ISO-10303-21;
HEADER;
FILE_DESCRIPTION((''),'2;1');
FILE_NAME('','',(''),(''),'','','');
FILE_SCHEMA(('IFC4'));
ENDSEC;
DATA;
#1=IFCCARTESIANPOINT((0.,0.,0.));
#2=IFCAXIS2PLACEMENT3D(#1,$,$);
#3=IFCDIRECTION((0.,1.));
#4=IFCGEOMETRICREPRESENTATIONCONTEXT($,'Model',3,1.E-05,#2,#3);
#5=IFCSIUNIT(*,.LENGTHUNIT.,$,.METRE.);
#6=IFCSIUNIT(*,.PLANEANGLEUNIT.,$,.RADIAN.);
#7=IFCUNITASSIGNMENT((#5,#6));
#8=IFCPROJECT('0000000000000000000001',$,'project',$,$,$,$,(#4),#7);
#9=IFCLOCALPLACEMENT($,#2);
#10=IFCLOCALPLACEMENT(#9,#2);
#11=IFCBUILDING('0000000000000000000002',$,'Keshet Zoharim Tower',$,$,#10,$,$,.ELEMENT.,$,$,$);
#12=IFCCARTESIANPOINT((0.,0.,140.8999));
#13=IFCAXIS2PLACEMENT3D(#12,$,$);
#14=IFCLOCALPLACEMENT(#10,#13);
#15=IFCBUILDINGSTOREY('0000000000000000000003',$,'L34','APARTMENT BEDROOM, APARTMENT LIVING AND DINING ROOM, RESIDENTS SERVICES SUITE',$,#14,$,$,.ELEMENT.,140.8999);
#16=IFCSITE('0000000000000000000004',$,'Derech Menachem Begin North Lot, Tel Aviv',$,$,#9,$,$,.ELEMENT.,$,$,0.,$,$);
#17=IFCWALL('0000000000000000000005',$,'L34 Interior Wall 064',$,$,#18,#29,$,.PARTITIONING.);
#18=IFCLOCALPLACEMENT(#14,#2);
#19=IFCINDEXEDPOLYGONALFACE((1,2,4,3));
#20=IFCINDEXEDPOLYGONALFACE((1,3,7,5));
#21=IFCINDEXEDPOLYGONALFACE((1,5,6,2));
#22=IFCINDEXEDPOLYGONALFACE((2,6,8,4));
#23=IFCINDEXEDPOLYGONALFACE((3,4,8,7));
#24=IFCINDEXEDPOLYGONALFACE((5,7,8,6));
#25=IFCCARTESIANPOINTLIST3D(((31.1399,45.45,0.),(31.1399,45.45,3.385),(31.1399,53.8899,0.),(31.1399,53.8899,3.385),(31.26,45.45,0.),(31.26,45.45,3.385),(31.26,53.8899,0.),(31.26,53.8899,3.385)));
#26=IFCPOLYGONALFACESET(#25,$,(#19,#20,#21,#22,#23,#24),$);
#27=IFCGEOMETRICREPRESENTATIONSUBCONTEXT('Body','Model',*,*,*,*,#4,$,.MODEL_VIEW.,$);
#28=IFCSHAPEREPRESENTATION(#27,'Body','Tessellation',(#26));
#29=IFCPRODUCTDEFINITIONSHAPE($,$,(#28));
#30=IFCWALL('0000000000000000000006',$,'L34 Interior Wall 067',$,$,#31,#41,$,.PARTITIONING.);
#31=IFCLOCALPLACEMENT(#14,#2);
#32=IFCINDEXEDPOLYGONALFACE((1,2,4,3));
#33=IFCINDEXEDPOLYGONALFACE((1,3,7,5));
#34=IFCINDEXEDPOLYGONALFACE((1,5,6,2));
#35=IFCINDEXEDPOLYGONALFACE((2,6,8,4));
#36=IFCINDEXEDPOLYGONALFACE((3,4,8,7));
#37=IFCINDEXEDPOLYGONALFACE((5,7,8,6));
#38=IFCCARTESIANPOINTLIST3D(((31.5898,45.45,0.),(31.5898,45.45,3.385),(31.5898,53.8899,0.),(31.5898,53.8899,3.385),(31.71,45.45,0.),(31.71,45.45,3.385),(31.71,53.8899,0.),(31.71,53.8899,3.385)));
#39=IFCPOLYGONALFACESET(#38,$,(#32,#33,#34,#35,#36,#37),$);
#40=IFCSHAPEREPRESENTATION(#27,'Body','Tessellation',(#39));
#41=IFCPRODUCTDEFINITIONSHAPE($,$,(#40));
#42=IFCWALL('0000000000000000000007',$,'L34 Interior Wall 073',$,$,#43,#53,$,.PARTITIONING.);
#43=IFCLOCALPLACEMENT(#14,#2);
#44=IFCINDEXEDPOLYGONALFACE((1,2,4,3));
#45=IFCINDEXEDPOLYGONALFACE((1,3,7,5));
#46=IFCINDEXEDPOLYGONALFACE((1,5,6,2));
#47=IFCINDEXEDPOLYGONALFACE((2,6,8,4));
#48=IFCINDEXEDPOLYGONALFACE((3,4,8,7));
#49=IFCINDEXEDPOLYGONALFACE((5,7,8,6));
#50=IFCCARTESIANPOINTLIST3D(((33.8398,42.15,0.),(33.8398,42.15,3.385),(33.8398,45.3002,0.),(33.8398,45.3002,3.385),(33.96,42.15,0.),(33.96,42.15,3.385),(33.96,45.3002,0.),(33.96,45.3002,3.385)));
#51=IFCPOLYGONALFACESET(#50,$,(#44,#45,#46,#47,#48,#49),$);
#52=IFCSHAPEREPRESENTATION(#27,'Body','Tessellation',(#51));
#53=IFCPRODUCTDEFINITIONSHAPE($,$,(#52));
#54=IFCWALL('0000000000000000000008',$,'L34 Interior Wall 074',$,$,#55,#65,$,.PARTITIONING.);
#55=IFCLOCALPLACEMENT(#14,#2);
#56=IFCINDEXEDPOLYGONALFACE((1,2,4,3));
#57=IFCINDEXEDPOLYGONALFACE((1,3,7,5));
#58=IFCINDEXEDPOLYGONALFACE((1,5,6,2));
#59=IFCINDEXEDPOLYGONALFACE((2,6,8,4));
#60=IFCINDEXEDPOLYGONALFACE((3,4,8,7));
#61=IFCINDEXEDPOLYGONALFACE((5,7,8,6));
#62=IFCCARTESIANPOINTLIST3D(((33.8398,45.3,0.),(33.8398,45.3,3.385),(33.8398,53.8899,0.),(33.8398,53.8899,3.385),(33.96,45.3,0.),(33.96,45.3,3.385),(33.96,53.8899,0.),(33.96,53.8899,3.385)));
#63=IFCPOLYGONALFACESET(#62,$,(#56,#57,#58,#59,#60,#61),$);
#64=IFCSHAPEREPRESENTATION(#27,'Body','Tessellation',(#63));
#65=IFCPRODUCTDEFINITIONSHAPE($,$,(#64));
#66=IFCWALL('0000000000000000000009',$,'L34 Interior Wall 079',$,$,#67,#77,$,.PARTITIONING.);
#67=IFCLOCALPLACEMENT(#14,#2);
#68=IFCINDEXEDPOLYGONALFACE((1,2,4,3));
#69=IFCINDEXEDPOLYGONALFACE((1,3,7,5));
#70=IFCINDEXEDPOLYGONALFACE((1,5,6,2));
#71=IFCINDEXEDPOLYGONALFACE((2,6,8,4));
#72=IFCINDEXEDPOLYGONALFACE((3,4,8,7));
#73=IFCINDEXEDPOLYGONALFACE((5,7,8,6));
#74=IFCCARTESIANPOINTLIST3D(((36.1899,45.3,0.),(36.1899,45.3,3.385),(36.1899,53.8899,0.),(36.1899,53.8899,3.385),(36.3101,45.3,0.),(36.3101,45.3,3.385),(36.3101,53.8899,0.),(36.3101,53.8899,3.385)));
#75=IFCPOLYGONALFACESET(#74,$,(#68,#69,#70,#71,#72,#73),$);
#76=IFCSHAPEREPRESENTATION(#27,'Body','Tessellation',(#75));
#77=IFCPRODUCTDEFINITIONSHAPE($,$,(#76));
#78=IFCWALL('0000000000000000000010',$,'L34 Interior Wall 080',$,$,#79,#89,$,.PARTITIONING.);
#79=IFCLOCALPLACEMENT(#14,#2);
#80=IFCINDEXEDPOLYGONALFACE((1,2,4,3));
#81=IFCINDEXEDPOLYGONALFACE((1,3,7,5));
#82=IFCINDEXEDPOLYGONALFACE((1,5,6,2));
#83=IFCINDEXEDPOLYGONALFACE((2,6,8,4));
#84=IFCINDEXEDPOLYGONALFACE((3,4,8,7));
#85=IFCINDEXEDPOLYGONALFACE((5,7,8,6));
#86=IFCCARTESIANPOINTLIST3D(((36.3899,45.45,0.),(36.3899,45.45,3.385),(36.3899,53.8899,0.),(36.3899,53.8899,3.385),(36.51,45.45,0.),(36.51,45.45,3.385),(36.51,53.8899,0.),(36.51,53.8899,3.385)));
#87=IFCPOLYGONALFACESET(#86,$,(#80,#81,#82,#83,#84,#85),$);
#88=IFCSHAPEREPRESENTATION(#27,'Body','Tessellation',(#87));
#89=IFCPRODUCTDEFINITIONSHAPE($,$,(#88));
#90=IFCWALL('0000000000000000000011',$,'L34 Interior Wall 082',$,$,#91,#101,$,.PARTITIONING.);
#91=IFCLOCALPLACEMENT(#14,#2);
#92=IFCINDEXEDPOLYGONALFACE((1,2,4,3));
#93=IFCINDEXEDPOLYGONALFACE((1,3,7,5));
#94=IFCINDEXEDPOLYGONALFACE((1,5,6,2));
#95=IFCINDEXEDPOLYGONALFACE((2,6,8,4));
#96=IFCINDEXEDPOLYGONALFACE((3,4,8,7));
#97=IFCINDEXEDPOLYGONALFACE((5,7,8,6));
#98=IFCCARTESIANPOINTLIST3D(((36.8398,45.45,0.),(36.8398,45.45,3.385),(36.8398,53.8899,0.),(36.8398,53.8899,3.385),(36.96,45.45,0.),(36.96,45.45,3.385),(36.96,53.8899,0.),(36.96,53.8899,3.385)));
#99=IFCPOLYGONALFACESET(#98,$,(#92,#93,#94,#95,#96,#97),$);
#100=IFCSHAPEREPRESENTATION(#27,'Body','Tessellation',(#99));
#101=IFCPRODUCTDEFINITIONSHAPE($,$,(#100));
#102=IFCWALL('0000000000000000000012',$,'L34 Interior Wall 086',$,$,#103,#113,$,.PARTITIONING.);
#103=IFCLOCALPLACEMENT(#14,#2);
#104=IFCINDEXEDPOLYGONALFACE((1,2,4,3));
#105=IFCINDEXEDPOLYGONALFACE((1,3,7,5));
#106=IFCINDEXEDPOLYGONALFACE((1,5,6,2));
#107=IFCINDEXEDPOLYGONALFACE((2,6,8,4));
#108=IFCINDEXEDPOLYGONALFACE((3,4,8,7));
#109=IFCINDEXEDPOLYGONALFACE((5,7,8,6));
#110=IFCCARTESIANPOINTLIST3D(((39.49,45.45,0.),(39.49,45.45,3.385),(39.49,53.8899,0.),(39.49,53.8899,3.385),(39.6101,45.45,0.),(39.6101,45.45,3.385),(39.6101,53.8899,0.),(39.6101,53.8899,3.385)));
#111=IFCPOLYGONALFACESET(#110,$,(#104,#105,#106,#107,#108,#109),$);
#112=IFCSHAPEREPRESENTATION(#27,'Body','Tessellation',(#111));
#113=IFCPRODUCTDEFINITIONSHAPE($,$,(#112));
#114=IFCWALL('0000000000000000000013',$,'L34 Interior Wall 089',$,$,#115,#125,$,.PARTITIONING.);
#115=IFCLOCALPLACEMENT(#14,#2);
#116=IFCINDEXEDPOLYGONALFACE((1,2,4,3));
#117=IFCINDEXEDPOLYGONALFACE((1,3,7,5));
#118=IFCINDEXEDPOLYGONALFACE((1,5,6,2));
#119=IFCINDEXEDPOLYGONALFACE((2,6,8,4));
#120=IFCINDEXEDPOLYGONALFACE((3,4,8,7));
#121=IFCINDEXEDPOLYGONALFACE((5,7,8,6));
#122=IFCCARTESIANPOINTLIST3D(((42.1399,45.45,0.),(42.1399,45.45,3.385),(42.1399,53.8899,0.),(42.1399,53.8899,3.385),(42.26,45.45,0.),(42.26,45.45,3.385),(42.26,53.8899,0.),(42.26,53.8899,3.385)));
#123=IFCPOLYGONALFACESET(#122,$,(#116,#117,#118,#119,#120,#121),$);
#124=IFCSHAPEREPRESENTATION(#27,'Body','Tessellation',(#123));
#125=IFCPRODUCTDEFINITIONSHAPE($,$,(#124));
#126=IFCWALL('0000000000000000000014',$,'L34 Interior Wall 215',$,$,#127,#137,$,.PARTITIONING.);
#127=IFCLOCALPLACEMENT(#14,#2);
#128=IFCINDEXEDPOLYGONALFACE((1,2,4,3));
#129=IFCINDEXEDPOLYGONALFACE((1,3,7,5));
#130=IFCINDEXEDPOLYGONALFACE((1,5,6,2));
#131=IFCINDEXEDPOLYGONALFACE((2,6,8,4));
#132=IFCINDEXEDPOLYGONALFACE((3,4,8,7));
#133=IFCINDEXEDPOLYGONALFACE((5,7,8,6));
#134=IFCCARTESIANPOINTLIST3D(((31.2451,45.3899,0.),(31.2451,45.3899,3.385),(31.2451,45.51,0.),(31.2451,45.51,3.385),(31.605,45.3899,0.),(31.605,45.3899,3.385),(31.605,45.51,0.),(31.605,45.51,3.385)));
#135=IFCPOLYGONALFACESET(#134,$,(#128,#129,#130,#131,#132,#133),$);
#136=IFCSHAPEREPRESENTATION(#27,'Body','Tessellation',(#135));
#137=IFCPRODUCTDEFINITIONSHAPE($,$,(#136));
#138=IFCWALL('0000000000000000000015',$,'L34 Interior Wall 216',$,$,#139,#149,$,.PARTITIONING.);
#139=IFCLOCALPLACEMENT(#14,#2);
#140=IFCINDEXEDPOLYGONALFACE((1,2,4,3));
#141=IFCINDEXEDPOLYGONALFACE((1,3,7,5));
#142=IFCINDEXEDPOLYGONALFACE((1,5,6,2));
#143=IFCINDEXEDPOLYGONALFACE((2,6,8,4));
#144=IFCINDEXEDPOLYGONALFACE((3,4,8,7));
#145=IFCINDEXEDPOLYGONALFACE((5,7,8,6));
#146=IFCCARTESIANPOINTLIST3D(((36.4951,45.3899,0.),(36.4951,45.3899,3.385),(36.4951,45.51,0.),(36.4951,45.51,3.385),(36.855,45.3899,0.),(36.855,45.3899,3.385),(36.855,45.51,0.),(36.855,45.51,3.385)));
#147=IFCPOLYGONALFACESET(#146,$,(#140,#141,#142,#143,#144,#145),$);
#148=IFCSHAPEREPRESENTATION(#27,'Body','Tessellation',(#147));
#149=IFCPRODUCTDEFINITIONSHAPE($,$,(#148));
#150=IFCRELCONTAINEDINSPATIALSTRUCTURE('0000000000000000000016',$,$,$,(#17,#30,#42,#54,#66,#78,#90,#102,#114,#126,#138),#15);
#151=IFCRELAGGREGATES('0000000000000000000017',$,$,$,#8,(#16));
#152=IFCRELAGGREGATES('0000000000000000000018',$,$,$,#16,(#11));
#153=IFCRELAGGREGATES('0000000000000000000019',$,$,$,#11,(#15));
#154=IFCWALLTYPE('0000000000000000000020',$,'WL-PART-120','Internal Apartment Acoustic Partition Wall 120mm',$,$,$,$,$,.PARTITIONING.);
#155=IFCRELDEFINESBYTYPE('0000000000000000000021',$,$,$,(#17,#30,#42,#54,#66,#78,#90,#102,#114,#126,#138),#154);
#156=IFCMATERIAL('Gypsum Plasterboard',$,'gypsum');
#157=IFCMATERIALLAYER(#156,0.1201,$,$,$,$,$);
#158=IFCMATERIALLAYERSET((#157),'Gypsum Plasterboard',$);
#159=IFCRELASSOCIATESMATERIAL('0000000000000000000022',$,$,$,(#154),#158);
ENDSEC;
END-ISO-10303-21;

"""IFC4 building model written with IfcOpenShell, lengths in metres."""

from ifc_helpers import new_model, si_unit, direction, frame, frame_2d, origin, place, context, subcontext, project, spatial, rectangle, extrude, material, layer, layer_set, type_object, element, save


model = new_model("IFC4")

# Units and contexts
model_context = context("Model", 3, precision=1e-05, world=origin(), true_north=direction((0.0, 1.0)))
body_context = subcontext(model_context, "Body", "Model", "MODEL_VIEW")
ifc_project = project(units=[si_unit("LENGTHUNIT", "METRE"), si_unit("PLANEANGLEUNIT", "RADIAN")], contexts=[model_context])

# Site, building, storey
site_placement = place(None, origin())
site = spatial("IfcSite", under=ifc_project, at=site_placement, Name="Derech Menachem Begin North Lot, Tel Aviv", CompositionType="ELEMENT", RefElevation=0.0)
building_placement = place(site_placement, origin())
building = spatial("IfcBuilding", under=site, at=building_placement, Name="Keshet Zoharim Tower", CompositionType="ELEMENT")
storey_placement = place(building_placement, frame((0.0, 0.0, 140.8999)))
storey = spatial("IfcBuildingStorey", under=building, at=storey_placement, Name="L34", Description="APARTMENT BEDROOM, APARTMENT LIVING AND DINING ROOM, RESIDENTS SERVICES SUITE", CompositionType="ELEMENT", Elevation=140.8999)

# Walls
ifc_material_1 = material(Name="Gypsum Plasterboard", Category="gypsum")
ifc_layer_1 = layer(ifc_material_1, 0.1201)
ifc_layer_set_1 = layer_set([ifc_layer_1], Name="Gypsum Plasterboard")
wall_type_1 = type_object("IfcWallType", Name="WL-PART-120", Description="Internal Apartment Acoustic Partition Wall 120mm", PredefinedType="PARTITIONING", material=ifc_layer_set_1)
for number, where, z_axis, x_axis, name in (
    (1, (31.2, 45.45, 0.0), (0.0, 0.0, 1.0), (0.0, 1.0, 0.0), "L34 Interior Wall 064"),
    (2, (31.6499, 45.45, 0.0), (0.0, 0.0, 1.0), (0.0, 1.0, 0.0), "L34 Interior Wall 067"),
):
    element("IfcWall", number, at=place(storey_placement, frame(where, z_axis=z_axis, x_axis=x_axis)), inside=storey, type_object=wall_type_1, Name=name, PredefinedType="PARTITIONING", context=body_context, shape_type="SweptSolid", body=[
        extrude(rectangle(XDim=8.4399, YDim=0.1201, at=frame_2d((4.22, 0.0))), origin(), (0.0, 0.0, 1.0), 3.385),
    ])
wall_1_placement = place(storey_placement, frame((33.8999, 42.1499, 0.0), z_axis=(0.0, 0.0, 1.0), x_axis=(0.0, 1.0, 0.0)))
element("IfcWall", 3, at=wall_1_placement, inside=storey, type_object=wall_type_1, Name="L34 Interior Wall 073", PredefinedType="PARTITIONING", context=body_context, shape_type="SweptSolid", body=[
    extrude(rectangle(XDim=3.1501, YDim=0.1201, at=frame_2d((1.5752, 0.0))), origin(), (0.0, 0.0, 1.0), 3.385),
])
for number, where, z_axis, x_axis, name in (
    (4, (33.8999, 45.3, 0.0), (0.0, 0.0, 1.0), (0.0, 1.0, 0.0), "L34 Interior Wall 074"),
    (5, (36.25, 45.3, 0.0), (0.0, 0.0, 1.0), (0.0, 1.0, 0.0), "L34 Interior Wall 079"),
):
    element("IfcWall", number, at=place(storey_placement, frame(where, z_axis=z_axis, x_axis=x_axis)), inside=storey, type_object=wall_type_1, Name=name, PredefinedType="PARTITIONING", context=body_context, shape_type="SweptSolid", body=[
        extrude(rectangle(XDim=8.5898, YDim=0.1201, at=frame_2d((4.2949, 0.0))), origin(), (0.0, 0.0, 1.0), 3.385),
    ])
for number, where, z_axis, x_axis, name in (
    (6, (36.45, 45.45, 0.0), (0.0, 0.0, 1.0), (0.0, 1.0, 0.0), "L34 Interior Wall 080"),
    (7, (36.8999, 45.45, 0.0), (0.0, 0.0, 1.0), (0.0, 1.0, 0.0), "L34 Interior Wall 082"),
    (8, (39.55, 45.45, 0.0), (0.0, 0.0, 1.0), (0.0, 1.0, 0.0), "L34 Interior Wall 086"),
    (9, (42.2, 45.45, 0.0), (0.0, 0.0, 1.0), (0.0, 1.0, 0.0), "L34 Interior Wall 089"),
):
    element("IfcWall", number, at=place(storey_placement, frame(where, z_axis=z_axis, x_axis=x_axis)), inside=storey, type_object=wall_type_1, Name=name, PredefinedType="PARTITIONING", context=body_context, shape_type="SweptSolid", body=[
        extrude(rectangle(XDim=8.4399, YDim=0.1201, at=frame_2d((4.22, 0.0))), origin(), (0.0, 0.0, 1.0), 3.385),
    ])

# Walls
for number, where, z_axis, x_axis, name in (
    (10, (31.2451, 45.45, 0.0), (0.0, 0.0, 1.0), (1.0, 0.0, 0.0), "L34 Interior Wall 215"),
    (11, (36.4951, 45.45, 0.0), (0.0, 0.0, 1.0), (1.0, 0.0, 0.0), "L34 Interior Wall 216"),
):
    element("IfcWall", number, at=place(storey_placement, frame(where, z_axis=z_axis, x_axis=x_axis)), inside=storey, type_object=wall_type_1, Name=name, PredefinedType="PARTITIONING", context=body_context, shape_type="SweptSolid", body=[
        extrude(rectangle(XDim=0.3599, YDim=0.1201, at=frame_2d((0.1799, 0.0))), origin(), (0.0, 0.0, 1.0), 3.385),
    ])

save(model, "model.ifc")
